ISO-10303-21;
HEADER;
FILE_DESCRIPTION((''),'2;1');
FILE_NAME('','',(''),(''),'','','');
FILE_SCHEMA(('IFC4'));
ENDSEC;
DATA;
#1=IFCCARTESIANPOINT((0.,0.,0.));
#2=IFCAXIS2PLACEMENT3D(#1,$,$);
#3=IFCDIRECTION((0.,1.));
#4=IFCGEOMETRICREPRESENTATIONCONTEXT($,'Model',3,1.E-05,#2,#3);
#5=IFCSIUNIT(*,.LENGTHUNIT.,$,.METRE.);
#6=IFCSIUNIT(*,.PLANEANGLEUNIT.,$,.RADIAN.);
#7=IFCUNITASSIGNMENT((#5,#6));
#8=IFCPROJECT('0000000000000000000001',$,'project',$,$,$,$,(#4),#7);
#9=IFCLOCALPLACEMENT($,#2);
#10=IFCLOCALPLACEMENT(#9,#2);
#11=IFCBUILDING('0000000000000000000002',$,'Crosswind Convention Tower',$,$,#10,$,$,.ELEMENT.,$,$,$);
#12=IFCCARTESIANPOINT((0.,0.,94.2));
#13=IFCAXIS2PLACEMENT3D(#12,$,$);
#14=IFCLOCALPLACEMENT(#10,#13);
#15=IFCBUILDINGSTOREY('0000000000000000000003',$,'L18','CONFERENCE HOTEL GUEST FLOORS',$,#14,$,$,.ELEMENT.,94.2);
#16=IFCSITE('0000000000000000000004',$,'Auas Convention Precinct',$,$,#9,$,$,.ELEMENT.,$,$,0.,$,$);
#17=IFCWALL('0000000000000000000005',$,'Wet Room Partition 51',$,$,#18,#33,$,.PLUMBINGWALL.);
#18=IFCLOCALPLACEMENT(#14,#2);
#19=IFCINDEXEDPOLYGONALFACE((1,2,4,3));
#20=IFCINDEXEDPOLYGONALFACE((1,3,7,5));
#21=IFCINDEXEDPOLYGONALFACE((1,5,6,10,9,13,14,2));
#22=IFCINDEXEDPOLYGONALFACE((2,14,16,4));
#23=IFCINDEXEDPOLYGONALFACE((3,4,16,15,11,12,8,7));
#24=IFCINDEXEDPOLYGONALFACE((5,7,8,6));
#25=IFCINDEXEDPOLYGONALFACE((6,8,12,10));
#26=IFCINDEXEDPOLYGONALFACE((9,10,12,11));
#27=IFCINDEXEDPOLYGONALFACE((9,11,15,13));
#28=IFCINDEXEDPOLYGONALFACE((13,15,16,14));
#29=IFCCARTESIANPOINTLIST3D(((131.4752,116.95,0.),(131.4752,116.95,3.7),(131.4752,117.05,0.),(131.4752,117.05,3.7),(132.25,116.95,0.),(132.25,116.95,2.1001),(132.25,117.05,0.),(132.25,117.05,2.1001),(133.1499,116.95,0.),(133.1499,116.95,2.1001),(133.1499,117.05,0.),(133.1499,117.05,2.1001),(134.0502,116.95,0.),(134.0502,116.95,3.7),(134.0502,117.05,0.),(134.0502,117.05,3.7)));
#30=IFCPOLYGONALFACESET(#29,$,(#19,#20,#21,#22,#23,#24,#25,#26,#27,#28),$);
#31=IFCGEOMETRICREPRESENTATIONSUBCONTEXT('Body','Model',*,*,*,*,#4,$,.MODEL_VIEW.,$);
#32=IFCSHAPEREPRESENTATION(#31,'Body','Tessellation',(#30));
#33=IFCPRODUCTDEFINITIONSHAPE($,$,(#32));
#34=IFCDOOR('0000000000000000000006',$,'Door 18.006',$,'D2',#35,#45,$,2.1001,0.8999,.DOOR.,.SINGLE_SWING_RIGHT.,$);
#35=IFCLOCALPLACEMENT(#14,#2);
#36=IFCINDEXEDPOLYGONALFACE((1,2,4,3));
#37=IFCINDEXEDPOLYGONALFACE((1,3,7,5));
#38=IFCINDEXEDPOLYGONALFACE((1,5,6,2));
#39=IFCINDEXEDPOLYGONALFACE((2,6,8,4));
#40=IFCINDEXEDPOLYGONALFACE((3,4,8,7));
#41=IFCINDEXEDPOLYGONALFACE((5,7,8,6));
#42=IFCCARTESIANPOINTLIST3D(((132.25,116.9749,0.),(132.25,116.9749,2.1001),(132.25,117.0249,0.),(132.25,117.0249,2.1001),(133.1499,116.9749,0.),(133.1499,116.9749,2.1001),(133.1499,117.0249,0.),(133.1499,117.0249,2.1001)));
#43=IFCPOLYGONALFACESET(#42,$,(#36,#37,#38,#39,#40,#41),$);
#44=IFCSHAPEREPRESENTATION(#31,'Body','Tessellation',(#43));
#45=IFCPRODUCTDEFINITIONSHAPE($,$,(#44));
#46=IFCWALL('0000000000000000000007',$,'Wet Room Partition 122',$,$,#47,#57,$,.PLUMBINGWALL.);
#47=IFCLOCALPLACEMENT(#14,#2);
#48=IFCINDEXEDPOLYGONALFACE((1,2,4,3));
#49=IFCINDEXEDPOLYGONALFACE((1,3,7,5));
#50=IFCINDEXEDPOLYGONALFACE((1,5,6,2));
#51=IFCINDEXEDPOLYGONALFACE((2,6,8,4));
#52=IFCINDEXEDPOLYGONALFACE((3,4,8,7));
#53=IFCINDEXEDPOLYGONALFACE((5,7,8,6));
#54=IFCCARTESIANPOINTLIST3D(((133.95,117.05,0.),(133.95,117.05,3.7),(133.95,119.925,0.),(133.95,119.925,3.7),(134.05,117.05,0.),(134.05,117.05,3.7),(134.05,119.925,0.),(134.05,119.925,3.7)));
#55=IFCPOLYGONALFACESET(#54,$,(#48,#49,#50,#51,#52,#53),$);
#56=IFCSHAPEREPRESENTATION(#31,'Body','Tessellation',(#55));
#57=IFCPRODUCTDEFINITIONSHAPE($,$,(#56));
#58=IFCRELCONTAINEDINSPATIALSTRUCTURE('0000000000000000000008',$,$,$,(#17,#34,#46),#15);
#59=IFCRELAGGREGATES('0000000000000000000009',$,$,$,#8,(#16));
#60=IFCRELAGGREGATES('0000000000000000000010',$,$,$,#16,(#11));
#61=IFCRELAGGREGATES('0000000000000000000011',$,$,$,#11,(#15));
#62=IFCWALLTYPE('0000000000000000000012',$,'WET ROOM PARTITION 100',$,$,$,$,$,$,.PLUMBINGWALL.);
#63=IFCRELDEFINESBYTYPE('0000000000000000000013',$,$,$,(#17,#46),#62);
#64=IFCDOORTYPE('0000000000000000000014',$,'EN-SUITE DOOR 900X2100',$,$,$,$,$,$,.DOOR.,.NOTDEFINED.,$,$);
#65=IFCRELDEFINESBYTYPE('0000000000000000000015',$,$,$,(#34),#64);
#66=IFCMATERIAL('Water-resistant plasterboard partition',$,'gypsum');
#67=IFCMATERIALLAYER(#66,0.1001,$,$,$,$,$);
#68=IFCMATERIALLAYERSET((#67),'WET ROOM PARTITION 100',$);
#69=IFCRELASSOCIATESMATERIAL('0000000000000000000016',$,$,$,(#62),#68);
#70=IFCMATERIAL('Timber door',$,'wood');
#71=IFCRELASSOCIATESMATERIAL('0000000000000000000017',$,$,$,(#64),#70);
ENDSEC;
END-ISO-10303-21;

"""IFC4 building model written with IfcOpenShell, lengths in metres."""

from ifc_helpers import new_model, si_unit, direction, frame, frame_2d, origin, place, context, subcontext, project, spatial, rectangle, extrude, material, layer, layer_set, type_object, element, fill, save


model = new_model("IFC4")

# Units and contexts
model_context = context("Model", 3, precision=1e-05, world=origin(), true_north=direction((0.0, 1.0)))
body_context = subcontext(model_context, "Body", "Model", "MODEL_VIEW")
ifc_project = project(units=[si_unit("LENGTHUNIT", "METRE"), si_unit("PLANEANGLEUNIT", "RADIAN")], contexts=[model_context])

# Site, building, storey
site_placement = place(None, origin())
site = spatial("IfcSite", under=ifc_project, at=site_placement, Name="Auas Convention Precinct", CompositionType="ELEMENT", RefElevation=0.0)
building_placement = place(site_placement, origin())
building = spatial("IfcBuilding", under=site, at=building_placement, Name="Crosswind Convention Tower", CompositionType="ELEMENT")
storey_placement = place(building_placement, frame((0.0, 0.0, 94.2)))
storey = spatial("IfcBuildingStorey", under=building, at=storey_placement, Name="L18", Description="CONFERENCE HOTEL GUEST FLOORS", CompositionType="ELEMENT", Elevation=94.2)

# Wall, opening, door
ifc_material_1 = material(Name="Water-resistant plasterboard partition", Category="gypsum")
ifc_layer_1 = layer(ifc_material_1, 0.1001)
ifc_layer_set_1 = layer_set([ifc_layer_1], Name="WET ROOM PARTITION 100")
wall_type_1 = type_object("IfcWallType", Name="WET ROOM PARTITION 100", PredefinedType="PLUMBINGWALL", material=ifc_layer_set_1)
wall_1_placement = place(storey_placement, frame((131.4751, 117.0, 0.0), z_axis=(0.0, 0.0, 1.0), x_axis=(1.0, 0.0, 0.0)))
wall_1 = element("IfcWall", 1, at=wall_1_placement, inside=storey, type_object=wall_type_1, Name="Wet Room Partition 51", PredefinedType="PLUMBINGWALL", context=body_context, shape_type="SweptSolid", body=[
    extrude(rectangle(XDim=2.575, YDim=0.1001, at=frame_2d((1.2876, 0.0))), origin(), (0.0, 0.0, 1.0), 3.7),
])
opening_1_placement = place(wall_1_placement, frame((0.7749, 0.0, 0.0)))
opening_1 = element("IfcOpeningElement", 2, at=opening_1_placement, cuts=wall_1, PredefinedType="OPENING", context=body_context, shape_type="SweptSolid", body=[
    extrude(rectangle(XDim=0.8999, YDim=2.1001, at=frame_2d((0.45, 1.05))), frame((0.0, 0.0601, 0.0), z_axis=(0.0, -1.0, 0.0), x_axis=(1.0, 0.0, 0.0)), (0.0, 0.0, 1.0), 0.1201),
])
ifc_material_2 = material(Name="Timber door", Category="wood")
door_type_1 = type_object("IfcDoorType", Name="EN-SUITE DOOR 900X2100", OperationType="NOTDEFINED", PredefinedType="DOOR", material=ifc_material_2)
door_1_placement = place(opening_1_placement, origin())
door_1 = element("IfcDoor", 3, at=door_1_placement, inside=storey, type_object=door_type_1, Name="Door 18.006", ObjectType="D2", OperationType="SINGLE_SWING_RIGHT", OverallHeight=2.1001, OverallWidth=0.8999, PredefinedType="DOOR", context=body_context, shape_type="SweptSolid", body=[
    extrude(rectangle(XDim=0.8999, YDim=2.1001, at=frame_2d((0.45, 1.05))), frame((0.0, 0.0249, 0.0), z_axis=(0.0, -1.0, 0.0), x_axis=(1.0, 0.0, 0.0)), (0.0, 0.0, 1.0), 0.05),
])
fill(opening_1, door_1)

# Wall
wall_2_placement = place(storey_placement, frame((134.0, 117.05, 0.0), z_axis=(0.0, 0.0, 1.0), x_axis=(0.0, 1.0, 0.0)))
element("IfcWall", 4, at=wall_2_placement, inside=storey, type_object=wall_type_1, Name="Wet Room Partition 122", PredefinedType="PLUMBINGWALL", context=body_context, shape_type="SweptSolid", body=[
    extrude(rectangle(XDim=2.875, YDim=0.1001, at=frame_2d((1.4375, 0.0))), origin(), (0.0, 0.0, 1.0), 3.7),
])

save(model, "model.ifc")
